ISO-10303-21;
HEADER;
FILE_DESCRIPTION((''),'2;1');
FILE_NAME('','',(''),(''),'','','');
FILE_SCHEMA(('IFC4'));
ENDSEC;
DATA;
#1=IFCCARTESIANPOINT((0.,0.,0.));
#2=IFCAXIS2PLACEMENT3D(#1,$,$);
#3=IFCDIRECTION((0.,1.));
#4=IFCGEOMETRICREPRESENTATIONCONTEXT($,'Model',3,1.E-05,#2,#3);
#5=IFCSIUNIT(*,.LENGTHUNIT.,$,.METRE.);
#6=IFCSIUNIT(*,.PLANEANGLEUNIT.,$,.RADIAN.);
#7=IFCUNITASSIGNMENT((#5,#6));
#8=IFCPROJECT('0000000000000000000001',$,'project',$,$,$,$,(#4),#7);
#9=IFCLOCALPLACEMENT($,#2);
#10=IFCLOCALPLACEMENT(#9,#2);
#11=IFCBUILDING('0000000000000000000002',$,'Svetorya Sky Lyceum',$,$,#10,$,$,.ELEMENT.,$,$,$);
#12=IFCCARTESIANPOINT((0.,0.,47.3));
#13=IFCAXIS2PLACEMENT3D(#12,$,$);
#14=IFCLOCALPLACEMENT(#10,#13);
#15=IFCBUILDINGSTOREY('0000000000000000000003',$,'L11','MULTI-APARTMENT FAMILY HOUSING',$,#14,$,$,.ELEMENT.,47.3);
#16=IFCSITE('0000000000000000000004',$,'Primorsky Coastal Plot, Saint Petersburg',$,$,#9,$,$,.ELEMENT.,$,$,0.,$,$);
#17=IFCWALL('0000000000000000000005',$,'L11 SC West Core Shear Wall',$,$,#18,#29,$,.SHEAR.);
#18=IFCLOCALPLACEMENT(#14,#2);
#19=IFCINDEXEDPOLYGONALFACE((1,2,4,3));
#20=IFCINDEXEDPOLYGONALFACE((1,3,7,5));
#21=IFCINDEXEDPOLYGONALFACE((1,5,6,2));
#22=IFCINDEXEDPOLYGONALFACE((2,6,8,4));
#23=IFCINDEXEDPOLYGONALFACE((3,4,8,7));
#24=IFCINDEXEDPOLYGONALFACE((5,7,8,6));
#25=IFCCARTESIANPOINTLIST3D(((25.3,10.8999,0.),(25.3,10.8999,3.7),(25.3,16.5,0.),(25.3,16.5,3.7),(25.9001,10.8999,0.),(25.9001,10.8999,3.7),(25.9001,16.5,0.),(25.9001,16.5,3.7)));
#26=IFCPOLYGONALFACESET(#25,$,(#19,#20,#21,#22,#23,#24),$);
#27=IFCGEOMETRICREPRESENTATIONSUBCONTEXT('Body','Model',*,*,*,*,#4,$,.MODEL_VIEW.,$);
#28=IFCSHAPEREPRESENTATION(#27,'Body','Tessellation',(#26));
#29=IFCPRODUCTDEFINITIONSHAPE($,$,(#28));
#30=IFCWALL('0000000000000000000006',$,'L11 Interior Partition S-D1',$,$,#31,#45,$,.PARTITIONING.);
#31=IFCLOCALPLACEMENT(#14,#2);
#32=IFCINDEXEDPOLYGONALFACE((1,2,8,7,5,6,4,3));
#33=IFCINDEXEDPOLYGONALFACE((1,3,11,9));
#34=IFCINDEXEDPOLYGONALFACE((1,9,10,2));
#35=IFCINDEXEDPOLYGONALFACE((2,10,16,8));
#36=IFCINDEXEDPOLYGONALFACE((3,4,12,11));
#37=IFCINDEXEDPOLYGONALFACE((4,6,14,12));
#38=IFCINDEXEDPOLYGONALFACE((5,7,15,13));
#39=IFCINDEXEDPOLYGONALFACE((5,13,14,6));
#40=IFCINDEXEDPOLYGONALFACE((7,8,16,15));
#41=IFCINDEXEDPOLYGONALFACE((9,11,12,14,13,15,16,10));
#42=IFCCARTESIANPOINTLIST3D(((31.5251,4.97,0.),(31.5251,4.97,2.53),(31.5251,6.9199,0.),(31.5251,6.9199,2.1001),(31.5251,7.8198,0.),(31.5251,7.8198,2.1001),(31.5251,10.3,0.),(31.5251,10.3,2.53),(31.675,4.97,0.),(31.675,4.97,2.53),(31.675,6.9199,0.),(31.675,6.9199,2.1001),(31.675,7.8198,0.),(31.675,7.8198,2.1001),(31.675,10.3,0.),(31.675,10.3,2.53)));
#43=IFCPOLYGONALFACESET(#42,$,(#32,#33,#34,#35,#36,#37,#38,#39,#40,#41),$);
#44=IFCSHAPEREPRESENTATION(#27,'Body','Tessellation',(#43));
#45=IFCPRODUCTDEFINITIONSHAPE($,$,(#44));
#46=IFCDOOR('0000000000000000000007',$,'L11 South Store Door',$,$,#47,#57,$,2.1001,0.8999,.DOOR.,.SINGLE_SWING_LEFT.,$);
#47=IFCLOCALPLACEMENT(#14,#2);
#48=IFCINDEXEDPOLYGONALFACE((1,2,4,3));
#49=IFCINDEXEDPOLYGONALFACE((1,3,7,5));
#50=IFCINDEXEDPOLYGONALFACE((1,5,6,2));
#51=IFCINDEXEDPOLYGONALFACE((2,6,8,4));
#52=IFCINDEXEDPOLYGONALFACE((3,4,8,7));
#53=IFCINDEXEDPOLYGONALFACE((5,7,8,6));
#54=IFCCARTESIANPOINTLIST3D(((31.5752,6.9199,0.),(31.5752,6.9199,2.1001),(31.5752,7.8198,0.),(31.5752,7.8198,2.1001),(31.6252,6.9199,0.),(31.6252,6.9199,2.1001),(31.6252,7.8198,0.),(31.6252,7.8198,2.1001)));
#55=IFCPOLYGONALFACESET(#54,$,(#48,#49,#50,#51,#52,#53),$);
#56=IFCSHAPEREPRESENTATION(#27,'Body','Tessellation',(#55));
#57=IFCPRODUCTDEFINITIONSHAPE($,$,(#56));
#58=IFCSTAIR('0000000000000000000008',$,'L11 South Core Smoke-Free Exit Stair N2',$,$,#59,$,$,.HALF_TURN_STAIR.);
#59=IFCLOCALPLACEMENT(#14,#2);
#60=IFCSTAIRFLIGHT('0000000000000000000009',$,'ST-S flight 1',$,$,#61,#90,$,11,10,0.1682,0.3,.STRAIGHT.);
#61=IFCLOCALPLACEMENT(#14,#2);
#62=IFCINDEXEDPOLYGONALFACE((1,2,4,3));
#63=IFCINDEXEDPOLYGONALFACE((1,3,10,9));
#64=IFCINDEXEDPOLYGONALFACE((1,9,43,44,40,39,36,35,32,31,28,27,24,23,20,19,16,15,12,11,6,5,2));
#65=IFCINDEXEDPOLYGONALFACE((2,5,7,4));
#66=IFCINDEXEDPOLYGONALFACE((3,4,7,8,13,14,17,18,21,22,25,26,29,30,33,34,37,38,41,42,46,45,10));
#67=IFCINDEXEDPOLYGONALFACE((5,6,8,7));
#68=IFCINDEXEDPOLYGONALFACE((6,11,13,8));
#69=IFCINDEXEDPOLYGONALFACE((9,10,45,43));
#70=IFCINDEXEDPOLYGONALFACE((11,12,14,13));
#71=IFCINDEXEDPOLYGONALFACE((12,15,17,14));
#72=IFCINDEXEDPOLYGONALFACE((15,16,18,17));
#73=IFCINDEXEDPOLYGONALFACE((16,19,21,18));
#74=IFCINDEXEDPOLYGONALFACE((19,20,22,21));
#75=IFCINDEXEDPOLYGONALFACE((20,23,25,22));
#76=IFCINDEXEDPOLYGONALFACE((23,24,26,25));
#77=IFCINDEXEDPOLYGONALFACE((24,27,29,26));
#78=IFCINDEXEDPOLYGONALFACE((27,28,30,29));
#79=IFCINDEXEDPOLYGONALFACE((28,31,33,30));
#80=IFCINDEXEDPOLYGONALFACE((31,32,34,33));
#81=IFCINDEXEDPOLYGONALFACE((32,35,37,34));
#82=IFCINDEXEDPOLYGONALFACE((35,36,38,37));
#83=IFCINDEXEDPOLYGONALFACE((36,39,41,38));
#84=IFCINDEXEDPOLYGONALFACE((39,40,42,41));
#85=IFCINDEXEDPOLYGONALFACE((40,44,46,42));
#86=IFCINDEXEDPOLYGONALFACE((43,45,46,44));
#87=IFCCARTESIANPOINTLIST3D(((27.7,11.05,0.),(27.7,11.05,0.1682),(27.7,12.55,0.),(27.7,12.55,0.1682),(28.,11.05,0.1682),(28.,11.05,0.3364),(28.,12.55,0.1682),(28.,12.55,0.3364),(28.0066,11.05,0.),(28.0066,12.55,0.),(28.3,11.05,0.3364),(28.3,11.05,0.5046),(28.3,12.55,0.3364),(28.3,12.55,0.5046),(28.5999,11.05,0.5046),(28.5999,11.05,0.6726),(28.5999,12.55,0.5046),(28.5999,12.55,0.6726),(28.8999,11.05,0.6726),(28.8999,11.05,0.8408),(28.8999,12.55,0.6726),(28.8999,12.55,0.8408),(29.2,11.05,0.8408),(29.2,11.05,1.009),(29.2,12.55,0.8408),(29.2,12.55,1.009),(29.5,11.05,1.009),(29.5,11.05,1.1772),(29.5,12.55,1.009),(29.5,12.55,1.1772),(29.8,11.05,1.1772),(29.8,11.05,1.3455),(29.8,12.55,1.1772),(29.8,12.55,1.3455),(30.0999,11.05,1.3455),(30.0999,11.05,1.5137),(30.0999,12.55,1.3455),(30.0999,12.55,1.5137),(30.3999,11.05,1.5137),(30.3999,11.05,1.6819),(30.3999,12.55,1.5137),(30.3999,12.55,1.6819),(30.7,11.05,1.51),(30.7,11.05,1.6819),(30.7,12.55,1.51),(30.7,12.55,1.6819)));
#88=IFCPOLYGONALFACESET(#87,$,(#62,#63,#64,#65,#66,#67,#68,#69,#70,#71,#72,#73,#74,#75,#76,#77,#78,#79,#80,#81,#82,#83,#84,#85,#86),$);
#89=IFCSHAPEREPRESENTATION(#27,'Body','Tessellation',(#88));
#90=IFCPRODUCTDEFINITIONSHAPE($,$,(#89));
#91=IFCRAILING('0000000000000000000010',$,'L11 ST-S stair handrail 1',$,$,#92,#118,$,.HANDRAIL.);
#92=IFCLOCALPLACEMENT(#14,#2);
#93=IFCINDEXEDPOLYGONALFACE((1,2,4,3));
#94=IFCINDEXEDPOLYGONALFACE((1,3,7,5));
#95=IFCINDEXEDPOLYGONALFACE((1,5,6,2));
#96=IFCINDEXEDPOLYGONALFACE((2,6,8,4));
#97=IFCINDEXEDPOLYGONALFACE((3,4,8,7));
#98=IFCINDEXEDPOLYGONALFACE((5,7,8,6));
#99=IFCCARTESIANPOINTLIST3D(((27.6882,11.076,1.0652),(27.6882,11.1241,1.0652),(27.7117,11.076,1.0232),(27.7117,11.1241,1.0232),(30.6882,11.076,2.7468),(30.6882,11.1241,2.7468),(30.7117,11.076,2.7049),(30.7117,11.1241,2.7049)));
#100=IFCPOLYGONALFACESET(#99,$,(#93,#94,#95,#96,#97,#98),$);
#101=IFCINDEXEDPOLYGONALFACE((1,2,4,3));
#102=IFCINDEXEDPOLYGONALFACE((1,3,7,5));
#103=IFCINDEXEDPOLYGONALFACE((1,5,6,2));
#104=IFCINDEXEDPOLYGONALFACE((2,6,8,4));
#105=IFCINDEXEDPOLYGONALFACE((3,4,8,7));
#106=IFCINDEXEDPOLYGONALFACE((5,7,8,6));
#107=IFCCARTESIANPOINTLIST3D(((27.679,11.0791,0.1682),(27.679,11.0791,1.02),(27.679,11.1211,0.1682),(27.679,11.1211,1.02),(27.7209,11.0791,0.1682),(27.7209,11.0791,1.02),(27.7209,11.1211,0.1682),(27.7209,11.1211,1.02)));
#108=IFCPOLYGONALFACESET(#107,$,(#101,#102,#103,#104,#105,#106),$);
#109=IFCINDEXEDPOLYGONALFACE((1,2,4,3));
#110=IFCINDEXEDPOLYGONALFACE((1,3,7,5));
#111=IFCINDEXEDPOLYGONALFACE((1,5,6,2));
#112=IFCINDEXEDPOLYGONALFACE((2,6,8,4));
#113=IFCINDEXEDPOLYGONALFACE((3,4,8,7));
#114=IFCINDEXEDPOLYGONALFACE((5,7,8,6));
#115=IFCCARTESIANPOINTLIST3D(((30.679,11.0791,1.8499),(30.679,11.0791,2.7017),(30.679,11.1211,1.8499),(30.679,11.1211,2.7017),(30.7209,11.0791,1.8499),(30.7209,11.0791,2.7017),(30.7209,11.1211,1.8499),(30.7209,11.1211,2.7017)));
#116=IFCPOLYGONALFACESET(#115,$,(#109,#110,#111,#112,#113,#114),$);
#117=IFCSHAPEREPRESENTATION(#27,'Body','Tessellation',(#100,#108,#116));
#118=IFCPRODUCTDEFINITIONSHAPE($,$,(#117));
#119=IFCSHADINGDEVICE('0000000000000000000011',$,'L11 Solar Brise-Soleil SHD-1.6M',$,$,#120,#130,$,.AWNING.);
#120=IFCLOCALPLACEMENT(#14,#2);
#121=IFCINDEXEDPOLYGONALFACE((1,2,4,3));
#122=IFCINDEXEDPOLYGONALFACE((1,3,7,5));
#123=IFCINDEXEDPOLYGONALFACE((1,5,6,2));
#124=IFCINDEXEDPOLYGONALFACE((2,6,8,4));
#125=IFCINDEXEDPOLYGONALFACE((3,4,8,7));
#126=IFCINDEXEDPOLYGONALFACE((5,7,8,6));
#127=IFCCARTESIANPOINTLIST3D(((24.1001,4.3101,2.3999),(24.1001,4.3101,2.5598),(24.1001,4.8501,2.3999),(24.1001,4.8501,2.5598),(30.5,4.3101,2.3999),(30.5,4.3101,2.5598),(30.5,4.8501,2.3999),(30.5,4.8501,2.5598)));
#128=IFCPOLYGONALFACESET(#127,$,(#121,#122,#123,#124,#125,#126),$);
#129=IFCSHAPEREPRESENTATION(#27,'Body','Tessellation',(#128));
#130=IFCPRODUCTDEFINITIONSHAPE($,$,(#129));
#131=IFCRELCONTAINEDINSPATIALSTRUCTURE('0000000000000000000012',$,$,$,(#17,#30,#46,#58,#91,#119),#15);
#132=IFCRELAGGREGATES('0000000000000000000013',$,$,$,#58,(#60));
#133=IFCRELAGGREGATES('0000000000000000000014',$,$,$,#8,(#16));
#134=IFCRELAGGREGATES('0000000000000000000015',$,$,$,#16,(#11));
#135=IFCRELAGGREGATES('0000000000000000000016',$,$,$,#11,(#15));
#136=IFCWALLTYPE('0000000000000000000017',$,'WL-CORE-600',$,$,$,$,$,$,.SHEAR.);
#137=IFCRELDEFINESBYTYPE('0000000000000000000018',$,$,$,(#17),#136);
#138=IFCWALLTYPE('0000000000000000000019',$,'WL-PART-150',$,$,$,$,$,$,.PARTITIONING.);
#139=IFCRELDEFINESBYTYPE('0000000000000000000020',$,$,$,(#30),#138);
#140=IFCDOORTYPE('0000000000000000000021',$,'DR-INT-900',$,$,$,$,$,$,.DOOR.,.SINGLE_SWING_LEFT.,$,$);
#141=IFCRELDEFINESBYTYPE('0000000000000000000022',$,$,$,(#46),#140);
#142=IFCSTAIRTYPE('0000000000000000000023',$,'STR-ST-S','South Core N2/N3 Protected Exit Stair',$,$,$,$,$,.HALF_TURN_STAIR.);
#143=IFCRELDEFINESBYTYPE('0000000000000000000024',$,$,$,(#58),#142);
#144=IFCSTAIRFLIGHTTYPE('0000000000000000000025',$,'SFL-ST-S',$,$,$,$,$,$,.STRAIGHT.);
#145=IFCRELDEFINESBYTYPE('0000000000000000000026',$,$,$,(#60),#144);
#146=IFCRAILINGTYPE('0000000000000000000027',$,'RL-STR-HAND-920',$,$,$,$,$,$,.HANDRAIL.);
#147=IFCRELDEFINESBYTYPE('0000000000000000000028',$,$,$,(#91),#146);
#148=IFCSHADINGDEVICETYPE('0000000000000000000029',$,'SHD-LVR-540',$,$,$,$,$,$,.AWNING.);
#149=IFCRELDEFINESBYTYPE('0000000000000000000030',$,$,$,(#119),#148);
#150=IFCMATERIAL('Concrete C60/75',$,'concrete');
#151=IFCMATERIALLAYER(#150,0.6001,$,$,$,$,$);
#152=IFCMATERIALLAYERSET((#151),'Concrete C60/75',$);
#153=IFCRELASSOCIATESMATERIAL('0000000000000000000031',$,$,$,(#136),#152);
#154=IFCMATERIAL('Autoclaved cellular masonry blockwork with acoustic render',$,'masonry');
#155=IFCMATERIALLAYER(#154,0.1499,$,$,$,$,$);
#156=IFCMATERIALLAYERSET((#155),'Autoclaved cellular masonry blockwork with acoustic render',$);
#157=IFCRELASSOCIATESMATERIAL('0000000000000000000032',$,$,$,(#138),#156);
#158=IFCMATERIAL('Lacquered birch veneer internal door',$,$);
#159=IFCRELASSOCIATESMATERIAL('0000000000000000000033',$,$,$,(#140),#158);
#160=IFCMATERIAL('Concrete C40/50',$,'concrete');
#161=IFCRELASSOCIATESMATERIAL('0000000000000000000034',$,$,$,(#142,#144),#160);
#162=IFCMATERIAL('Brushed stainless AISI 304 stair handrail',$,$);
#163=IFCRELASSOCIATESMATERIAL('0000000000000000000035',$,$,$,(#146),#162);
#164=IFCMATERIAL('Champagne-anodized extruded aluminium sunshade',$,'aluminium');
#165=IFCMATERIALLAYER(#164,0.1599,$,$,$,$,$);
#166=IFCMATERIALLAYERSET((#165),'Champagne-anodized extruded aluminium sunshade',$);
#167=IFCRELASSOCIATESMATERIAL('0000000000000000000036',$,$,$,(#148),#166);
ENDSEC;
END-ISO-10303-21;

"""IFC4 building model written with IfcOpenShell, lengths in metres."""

from ifc_helpers import new_model, si_unit, direction, frame, frame_2d, origin, origin_2d, place, context, subcontext, project, spatial, polyline, rectangle, outline, extrude, material, layer, layer_set, type_object, element, fill, aggregate, save


model = new_model("IFC4")

# Units and contexts
model_context = context("Model", 3, precision=1e-05, world=origin(), true_north=direction((0.0, 1.0)))
body_context = subcontext(model_context, "Body", "Model", "MODEL_VIEW")
ifc_project = project(units=[si_unit("LENGTHUNIT", "METRE"), si_unit("PLANEANGLEUNIT", "RADIAN")], contexts=[model_context])

# Site, building, storey
site_placement = place(None, origin())
site = spatial("IfcSite", under=ifc_project, at=site_placement, Name="Primorsky Coastal Plot, Saint Petersburg", CompositionType="ELEMENT", RefElevation=0.0)
building_placement = place(site_placement, origin())
building = spatial("IfcBuilding", under=site, at=building_placement, Name="Svetorya Sky Lyceum", CompositionType="ELEMENT")
storey_placement = place(building_placement, frame((0.0, 0.0, 47.3)))
storey = spatial("IfcBuildingStorey", under=building, at=storey_placement, Name="L11", Description="MULTI-APARTMENT FAMILY HOUSING", CompositionType="ELEMENT", Elevation=47.3)

# Shared definitions
ifc_material_1 = material(Name="Concrete C60/75", Category="concrete")

# Wall
ifc_material_2 = material(Name="Concrete C40/50", Category="concrete")
ifc_layer_1 = layer(ifc_material_1, 0.6001)
ifc_layer_set_1 = layer_set([ifc_layer_1], Name="Concrete C60/75")
wall_type_1 = type_object("IfcWallType", Name="WL-CORE-600", PredefinedType="SHEAR", material=ifc_layer_set_1)
wall_1_placement = place(storey_placement, frame((25.6001, 10.8999, 0.0), z_axis=(0.0, 0.0, 1.0), x_axis=(0.0, 1.0, 0.0)))
element("IfcWall", 1, at=wall_1_placement, inside=storey, type_object=wall_type_1, Name="L11 SC West Core Shear Wall", PredefinedType="SHEAR", context=body_context, shape_type="SweptSolid", body=[
    extrude(rectangle(XDim=5.6001, YDim=0.6001, at=frame_2d((2.8, 0.0))), origin(), (0.0, 0.0, 1.0), 3.7),
])

# Wall, opening, door
ifc_material_3 = material(Name="Autoclaved cellular masonry blockwork with acoustic render", Category="masonry")
ifc_layer_2 = layer(ifc_material_3, 0.1499)
ifc_layer_set_2 = layer_set([ifc_layer_2], Name="Autoclaved cellular masonry blockwork with acoustic render")
wall_type_2 = type_object("IfcWallType", Name="WL-PART-150", PredefinedType="PARTITIONING", material=ifc_layer_set_2)
wall_2_placement = place(storey_placement, frame((31.6001, 4.97, 0.0), z_axis=(0.0, 0.0, 1.0), x_axis=(0.0, 1.0, 0.0)))
wall_2 = element("IfcWall", 2, at=wall_2_placement, inside=storey, type_object=wall_type_2, Name="L11 Interior Partition S-D1", PredefinedType="PARTITIONING", context=body_context, shape_type="SweptSolid", body=[
    extrude(rectangle(XDim=5.3301, YDim=0.1499, at=frame_2d((2.665, 0.0))), origin(), (0.0, 0.0, 1.0), 2.53),
])
opening_placement = place(wall_2_placement, frame((1.95, 0.0, 0.0)))
opening = element("IfcOpeningElement", 3, at=opening_placement, cuts=wall_2, PredefinedType="OPENING", context=body_context, shape_type="SweptSolid", body=[
    extrude(rectangle(XDim=0.8999, YDim=2.1001, at=frame_2d((0.45, 1.05))), frame((0.0, 0.085, 0.0), z_axis=(0.0, -1.0, 0.0), x_axis=(1.0, 0.0, 0.0)), (0.0, 0.0, 1.0), 0.1699),
])
ifc_material_4 = material(Name="Lacquered birch veneer internal door")
door_type = type_object("IfcDoorType", Name="DR-INT-900", OperationType="SINGLE_SWING_LEFT", PredefinedType="DOOR", material=ifc_material_4)
door_placement = place(opening_placement, origin())
door = element("IfcDoor", 4, at=door_placement, inside=storey, type_object=door_type, Name="L11 South Store Door", OperationType="SINGLE_SWING_LEFT", OverallHeight=2.1001, OverallWidth=0.8999, PredefinedType="DOOR", context=body_context, shape_type="SweptSolid", body=[
    extrude(rectangle(XDim=0.8999, YDim=2.1001, at=frame_2d((0.45, 1.05))), frame((0.0, 0.0249, 0.0), z_axis=(0.0, -1.0, 0.0), x_axis=(1.0, 0.0, 0.0)), (0.0, 0.0, 1.0), 0.05),
])
fill(opening, door)

# Stair, stair flight
stair_type = type_object("IfcStairType", Name="STR-ST-S", Description="South Core N2/N3 Protected Exit Stair", PredefinedType="HALF_TURN_STAIR", material=ifc_material_2)
stair_placement = place(storey_placement, origin())
stair = element("IfcStair", 5, at=stair_placement, inside=storey, type_object=stair_type, Name="L11 South Core Smoke-Free Exit Stair N2", PredefinedType="HALF_TURN_STAIR")
stair_flight_type = type_object("IfcStairFlightType", Name="SFL-ST-S", PredefinedType="STRAIGHT", material=ifc_material_2)
stair_flight_placement = place(storey_placement, frame((27.7, 11.8, 0.0), z_axis=(0.0, 0.0, 1.0), x_axis=(1.0, 0.0, 0.0)))
stair_flight = element("IfcStairFlight", 6, at=stair_flight_placement, type_object=stair_flight_type, Name="ST-S flight 1", NumberOfRisers=11, NumberOfTreads=10, PredefinedType="STRAIGHT", RiserHeight=0.1682, TreadLength=0.3, context=body_context, shape_type="SweptSolid", body=[
    extrude(outline(polyline([(0.0, 0.0), (0.0, 0.1682), (0.3, 0.1682), (0.3, 0.3364), (0.6001, 0.3364), (0.6001, 0.5046), (0.8999, 0.5046), (0.8999, 0.6726), (1.2, 0.6726), (1.2, 0.8408), (1.5, 0.8408), (1.5, 1.009), (1.8, 1.009), (1.8, 1.1772), (2.1001, 1.1772), (2.1001, 1.3455), (2.3999, 1.3455), (2.3999, 1.5137), (2.7, 1.5137), (2.7, 1.6819), (3.0, 1.6819), (3.0, 1.8501), (3.0, 1.51), (0.3066, 0.0), (0.0, 0.0)])), frame((0.0, 0.75, 0.0), z_axis=(0.0, -1.0, 0.0), x_axis=(1.0, 0.0, 0.0)), (0.0, 0.0, 1.0), 1.5),
])
aggregate(stair, [stair_flight])

# Railing
ifc_material_5 = material(Name="Brushed stainless AISI 304 stair handrail")
railing_type = type_object("IfcRailingType", Name="RL-STR-HAND-920", PredefinedType="HANDRAIL", material=ifc_material_5)
railing_placement = place(storey_placement, frame((27.7, 11.1001, 0.1682)))
element("IfcRailing", 7, at=railing_placement, inside=storey, type_object=railing_type, Name="L11 ST-S stair handrail 1", PredefinedType="HANDRAIL", context=body_context, shape_type="SweptSolid", body=[
    extrude(rectangle(XDim=0.0481, YDim=0.0481, at=origin_2d()), frame((0.0, 0.0, 0.876), z_axis=(0.872303, 0.0, 0.488966), x_axis=(0.0, 1.0, 0.0)), (0.0, 0.0, 1.0), 3.4392),
    extrude(rectangle(XDim=0.042, YDim=0.042, at=origin_2d()), origin(), (0.0, 0.0, 1.0), 0.8518),
    extrude(rectangle(XDim=0.042, YDim=0.042, at=origin_2d()), frame((3.0, 0.0, 1.6816)), (0.0, 0.0, 1.0), 0.8518),
])

# Shading device
ifc_material_6 = material(Name="Champagne-anodized extruded aluminium sunshade", Category="aluminium")
ifc_layer_3 = layer(ifc_material_6, 0.1599)
ifc_layer_set_3 = layer_set([ifc_layer_3], Name="Champagne-anodized extruded aluminium sunshade")
shading_device_type = type_object("IfcShadingDeviceType", Name="SHD-LVR-540", PredefinedType="AWNING", material=ifc_layer_set_3)
shading_device_placement = place(storey_placement, frame((27.3, 4.5801, 2.3999), z_axis=(0.0, 0.0, 1.0), x_axis=(1.0, 0.0, 0.0)))
element("IfcShadingDevice", 8, at=shading_device_placement, inside=storey, type_object=shading_device_type, Name="L11 Solar Brise-Soleil SHD-1.6M", PredefinedType="AWNING", context=body_context, shape_type="SweptSolid", body=[
    extrude(rectangle(XDim=6.3999, YDim=0.54, at=origin_2d()), origin(), (0.0, 0.0, 1.0), 0.1599),
])

save(model, "model.ifc")
